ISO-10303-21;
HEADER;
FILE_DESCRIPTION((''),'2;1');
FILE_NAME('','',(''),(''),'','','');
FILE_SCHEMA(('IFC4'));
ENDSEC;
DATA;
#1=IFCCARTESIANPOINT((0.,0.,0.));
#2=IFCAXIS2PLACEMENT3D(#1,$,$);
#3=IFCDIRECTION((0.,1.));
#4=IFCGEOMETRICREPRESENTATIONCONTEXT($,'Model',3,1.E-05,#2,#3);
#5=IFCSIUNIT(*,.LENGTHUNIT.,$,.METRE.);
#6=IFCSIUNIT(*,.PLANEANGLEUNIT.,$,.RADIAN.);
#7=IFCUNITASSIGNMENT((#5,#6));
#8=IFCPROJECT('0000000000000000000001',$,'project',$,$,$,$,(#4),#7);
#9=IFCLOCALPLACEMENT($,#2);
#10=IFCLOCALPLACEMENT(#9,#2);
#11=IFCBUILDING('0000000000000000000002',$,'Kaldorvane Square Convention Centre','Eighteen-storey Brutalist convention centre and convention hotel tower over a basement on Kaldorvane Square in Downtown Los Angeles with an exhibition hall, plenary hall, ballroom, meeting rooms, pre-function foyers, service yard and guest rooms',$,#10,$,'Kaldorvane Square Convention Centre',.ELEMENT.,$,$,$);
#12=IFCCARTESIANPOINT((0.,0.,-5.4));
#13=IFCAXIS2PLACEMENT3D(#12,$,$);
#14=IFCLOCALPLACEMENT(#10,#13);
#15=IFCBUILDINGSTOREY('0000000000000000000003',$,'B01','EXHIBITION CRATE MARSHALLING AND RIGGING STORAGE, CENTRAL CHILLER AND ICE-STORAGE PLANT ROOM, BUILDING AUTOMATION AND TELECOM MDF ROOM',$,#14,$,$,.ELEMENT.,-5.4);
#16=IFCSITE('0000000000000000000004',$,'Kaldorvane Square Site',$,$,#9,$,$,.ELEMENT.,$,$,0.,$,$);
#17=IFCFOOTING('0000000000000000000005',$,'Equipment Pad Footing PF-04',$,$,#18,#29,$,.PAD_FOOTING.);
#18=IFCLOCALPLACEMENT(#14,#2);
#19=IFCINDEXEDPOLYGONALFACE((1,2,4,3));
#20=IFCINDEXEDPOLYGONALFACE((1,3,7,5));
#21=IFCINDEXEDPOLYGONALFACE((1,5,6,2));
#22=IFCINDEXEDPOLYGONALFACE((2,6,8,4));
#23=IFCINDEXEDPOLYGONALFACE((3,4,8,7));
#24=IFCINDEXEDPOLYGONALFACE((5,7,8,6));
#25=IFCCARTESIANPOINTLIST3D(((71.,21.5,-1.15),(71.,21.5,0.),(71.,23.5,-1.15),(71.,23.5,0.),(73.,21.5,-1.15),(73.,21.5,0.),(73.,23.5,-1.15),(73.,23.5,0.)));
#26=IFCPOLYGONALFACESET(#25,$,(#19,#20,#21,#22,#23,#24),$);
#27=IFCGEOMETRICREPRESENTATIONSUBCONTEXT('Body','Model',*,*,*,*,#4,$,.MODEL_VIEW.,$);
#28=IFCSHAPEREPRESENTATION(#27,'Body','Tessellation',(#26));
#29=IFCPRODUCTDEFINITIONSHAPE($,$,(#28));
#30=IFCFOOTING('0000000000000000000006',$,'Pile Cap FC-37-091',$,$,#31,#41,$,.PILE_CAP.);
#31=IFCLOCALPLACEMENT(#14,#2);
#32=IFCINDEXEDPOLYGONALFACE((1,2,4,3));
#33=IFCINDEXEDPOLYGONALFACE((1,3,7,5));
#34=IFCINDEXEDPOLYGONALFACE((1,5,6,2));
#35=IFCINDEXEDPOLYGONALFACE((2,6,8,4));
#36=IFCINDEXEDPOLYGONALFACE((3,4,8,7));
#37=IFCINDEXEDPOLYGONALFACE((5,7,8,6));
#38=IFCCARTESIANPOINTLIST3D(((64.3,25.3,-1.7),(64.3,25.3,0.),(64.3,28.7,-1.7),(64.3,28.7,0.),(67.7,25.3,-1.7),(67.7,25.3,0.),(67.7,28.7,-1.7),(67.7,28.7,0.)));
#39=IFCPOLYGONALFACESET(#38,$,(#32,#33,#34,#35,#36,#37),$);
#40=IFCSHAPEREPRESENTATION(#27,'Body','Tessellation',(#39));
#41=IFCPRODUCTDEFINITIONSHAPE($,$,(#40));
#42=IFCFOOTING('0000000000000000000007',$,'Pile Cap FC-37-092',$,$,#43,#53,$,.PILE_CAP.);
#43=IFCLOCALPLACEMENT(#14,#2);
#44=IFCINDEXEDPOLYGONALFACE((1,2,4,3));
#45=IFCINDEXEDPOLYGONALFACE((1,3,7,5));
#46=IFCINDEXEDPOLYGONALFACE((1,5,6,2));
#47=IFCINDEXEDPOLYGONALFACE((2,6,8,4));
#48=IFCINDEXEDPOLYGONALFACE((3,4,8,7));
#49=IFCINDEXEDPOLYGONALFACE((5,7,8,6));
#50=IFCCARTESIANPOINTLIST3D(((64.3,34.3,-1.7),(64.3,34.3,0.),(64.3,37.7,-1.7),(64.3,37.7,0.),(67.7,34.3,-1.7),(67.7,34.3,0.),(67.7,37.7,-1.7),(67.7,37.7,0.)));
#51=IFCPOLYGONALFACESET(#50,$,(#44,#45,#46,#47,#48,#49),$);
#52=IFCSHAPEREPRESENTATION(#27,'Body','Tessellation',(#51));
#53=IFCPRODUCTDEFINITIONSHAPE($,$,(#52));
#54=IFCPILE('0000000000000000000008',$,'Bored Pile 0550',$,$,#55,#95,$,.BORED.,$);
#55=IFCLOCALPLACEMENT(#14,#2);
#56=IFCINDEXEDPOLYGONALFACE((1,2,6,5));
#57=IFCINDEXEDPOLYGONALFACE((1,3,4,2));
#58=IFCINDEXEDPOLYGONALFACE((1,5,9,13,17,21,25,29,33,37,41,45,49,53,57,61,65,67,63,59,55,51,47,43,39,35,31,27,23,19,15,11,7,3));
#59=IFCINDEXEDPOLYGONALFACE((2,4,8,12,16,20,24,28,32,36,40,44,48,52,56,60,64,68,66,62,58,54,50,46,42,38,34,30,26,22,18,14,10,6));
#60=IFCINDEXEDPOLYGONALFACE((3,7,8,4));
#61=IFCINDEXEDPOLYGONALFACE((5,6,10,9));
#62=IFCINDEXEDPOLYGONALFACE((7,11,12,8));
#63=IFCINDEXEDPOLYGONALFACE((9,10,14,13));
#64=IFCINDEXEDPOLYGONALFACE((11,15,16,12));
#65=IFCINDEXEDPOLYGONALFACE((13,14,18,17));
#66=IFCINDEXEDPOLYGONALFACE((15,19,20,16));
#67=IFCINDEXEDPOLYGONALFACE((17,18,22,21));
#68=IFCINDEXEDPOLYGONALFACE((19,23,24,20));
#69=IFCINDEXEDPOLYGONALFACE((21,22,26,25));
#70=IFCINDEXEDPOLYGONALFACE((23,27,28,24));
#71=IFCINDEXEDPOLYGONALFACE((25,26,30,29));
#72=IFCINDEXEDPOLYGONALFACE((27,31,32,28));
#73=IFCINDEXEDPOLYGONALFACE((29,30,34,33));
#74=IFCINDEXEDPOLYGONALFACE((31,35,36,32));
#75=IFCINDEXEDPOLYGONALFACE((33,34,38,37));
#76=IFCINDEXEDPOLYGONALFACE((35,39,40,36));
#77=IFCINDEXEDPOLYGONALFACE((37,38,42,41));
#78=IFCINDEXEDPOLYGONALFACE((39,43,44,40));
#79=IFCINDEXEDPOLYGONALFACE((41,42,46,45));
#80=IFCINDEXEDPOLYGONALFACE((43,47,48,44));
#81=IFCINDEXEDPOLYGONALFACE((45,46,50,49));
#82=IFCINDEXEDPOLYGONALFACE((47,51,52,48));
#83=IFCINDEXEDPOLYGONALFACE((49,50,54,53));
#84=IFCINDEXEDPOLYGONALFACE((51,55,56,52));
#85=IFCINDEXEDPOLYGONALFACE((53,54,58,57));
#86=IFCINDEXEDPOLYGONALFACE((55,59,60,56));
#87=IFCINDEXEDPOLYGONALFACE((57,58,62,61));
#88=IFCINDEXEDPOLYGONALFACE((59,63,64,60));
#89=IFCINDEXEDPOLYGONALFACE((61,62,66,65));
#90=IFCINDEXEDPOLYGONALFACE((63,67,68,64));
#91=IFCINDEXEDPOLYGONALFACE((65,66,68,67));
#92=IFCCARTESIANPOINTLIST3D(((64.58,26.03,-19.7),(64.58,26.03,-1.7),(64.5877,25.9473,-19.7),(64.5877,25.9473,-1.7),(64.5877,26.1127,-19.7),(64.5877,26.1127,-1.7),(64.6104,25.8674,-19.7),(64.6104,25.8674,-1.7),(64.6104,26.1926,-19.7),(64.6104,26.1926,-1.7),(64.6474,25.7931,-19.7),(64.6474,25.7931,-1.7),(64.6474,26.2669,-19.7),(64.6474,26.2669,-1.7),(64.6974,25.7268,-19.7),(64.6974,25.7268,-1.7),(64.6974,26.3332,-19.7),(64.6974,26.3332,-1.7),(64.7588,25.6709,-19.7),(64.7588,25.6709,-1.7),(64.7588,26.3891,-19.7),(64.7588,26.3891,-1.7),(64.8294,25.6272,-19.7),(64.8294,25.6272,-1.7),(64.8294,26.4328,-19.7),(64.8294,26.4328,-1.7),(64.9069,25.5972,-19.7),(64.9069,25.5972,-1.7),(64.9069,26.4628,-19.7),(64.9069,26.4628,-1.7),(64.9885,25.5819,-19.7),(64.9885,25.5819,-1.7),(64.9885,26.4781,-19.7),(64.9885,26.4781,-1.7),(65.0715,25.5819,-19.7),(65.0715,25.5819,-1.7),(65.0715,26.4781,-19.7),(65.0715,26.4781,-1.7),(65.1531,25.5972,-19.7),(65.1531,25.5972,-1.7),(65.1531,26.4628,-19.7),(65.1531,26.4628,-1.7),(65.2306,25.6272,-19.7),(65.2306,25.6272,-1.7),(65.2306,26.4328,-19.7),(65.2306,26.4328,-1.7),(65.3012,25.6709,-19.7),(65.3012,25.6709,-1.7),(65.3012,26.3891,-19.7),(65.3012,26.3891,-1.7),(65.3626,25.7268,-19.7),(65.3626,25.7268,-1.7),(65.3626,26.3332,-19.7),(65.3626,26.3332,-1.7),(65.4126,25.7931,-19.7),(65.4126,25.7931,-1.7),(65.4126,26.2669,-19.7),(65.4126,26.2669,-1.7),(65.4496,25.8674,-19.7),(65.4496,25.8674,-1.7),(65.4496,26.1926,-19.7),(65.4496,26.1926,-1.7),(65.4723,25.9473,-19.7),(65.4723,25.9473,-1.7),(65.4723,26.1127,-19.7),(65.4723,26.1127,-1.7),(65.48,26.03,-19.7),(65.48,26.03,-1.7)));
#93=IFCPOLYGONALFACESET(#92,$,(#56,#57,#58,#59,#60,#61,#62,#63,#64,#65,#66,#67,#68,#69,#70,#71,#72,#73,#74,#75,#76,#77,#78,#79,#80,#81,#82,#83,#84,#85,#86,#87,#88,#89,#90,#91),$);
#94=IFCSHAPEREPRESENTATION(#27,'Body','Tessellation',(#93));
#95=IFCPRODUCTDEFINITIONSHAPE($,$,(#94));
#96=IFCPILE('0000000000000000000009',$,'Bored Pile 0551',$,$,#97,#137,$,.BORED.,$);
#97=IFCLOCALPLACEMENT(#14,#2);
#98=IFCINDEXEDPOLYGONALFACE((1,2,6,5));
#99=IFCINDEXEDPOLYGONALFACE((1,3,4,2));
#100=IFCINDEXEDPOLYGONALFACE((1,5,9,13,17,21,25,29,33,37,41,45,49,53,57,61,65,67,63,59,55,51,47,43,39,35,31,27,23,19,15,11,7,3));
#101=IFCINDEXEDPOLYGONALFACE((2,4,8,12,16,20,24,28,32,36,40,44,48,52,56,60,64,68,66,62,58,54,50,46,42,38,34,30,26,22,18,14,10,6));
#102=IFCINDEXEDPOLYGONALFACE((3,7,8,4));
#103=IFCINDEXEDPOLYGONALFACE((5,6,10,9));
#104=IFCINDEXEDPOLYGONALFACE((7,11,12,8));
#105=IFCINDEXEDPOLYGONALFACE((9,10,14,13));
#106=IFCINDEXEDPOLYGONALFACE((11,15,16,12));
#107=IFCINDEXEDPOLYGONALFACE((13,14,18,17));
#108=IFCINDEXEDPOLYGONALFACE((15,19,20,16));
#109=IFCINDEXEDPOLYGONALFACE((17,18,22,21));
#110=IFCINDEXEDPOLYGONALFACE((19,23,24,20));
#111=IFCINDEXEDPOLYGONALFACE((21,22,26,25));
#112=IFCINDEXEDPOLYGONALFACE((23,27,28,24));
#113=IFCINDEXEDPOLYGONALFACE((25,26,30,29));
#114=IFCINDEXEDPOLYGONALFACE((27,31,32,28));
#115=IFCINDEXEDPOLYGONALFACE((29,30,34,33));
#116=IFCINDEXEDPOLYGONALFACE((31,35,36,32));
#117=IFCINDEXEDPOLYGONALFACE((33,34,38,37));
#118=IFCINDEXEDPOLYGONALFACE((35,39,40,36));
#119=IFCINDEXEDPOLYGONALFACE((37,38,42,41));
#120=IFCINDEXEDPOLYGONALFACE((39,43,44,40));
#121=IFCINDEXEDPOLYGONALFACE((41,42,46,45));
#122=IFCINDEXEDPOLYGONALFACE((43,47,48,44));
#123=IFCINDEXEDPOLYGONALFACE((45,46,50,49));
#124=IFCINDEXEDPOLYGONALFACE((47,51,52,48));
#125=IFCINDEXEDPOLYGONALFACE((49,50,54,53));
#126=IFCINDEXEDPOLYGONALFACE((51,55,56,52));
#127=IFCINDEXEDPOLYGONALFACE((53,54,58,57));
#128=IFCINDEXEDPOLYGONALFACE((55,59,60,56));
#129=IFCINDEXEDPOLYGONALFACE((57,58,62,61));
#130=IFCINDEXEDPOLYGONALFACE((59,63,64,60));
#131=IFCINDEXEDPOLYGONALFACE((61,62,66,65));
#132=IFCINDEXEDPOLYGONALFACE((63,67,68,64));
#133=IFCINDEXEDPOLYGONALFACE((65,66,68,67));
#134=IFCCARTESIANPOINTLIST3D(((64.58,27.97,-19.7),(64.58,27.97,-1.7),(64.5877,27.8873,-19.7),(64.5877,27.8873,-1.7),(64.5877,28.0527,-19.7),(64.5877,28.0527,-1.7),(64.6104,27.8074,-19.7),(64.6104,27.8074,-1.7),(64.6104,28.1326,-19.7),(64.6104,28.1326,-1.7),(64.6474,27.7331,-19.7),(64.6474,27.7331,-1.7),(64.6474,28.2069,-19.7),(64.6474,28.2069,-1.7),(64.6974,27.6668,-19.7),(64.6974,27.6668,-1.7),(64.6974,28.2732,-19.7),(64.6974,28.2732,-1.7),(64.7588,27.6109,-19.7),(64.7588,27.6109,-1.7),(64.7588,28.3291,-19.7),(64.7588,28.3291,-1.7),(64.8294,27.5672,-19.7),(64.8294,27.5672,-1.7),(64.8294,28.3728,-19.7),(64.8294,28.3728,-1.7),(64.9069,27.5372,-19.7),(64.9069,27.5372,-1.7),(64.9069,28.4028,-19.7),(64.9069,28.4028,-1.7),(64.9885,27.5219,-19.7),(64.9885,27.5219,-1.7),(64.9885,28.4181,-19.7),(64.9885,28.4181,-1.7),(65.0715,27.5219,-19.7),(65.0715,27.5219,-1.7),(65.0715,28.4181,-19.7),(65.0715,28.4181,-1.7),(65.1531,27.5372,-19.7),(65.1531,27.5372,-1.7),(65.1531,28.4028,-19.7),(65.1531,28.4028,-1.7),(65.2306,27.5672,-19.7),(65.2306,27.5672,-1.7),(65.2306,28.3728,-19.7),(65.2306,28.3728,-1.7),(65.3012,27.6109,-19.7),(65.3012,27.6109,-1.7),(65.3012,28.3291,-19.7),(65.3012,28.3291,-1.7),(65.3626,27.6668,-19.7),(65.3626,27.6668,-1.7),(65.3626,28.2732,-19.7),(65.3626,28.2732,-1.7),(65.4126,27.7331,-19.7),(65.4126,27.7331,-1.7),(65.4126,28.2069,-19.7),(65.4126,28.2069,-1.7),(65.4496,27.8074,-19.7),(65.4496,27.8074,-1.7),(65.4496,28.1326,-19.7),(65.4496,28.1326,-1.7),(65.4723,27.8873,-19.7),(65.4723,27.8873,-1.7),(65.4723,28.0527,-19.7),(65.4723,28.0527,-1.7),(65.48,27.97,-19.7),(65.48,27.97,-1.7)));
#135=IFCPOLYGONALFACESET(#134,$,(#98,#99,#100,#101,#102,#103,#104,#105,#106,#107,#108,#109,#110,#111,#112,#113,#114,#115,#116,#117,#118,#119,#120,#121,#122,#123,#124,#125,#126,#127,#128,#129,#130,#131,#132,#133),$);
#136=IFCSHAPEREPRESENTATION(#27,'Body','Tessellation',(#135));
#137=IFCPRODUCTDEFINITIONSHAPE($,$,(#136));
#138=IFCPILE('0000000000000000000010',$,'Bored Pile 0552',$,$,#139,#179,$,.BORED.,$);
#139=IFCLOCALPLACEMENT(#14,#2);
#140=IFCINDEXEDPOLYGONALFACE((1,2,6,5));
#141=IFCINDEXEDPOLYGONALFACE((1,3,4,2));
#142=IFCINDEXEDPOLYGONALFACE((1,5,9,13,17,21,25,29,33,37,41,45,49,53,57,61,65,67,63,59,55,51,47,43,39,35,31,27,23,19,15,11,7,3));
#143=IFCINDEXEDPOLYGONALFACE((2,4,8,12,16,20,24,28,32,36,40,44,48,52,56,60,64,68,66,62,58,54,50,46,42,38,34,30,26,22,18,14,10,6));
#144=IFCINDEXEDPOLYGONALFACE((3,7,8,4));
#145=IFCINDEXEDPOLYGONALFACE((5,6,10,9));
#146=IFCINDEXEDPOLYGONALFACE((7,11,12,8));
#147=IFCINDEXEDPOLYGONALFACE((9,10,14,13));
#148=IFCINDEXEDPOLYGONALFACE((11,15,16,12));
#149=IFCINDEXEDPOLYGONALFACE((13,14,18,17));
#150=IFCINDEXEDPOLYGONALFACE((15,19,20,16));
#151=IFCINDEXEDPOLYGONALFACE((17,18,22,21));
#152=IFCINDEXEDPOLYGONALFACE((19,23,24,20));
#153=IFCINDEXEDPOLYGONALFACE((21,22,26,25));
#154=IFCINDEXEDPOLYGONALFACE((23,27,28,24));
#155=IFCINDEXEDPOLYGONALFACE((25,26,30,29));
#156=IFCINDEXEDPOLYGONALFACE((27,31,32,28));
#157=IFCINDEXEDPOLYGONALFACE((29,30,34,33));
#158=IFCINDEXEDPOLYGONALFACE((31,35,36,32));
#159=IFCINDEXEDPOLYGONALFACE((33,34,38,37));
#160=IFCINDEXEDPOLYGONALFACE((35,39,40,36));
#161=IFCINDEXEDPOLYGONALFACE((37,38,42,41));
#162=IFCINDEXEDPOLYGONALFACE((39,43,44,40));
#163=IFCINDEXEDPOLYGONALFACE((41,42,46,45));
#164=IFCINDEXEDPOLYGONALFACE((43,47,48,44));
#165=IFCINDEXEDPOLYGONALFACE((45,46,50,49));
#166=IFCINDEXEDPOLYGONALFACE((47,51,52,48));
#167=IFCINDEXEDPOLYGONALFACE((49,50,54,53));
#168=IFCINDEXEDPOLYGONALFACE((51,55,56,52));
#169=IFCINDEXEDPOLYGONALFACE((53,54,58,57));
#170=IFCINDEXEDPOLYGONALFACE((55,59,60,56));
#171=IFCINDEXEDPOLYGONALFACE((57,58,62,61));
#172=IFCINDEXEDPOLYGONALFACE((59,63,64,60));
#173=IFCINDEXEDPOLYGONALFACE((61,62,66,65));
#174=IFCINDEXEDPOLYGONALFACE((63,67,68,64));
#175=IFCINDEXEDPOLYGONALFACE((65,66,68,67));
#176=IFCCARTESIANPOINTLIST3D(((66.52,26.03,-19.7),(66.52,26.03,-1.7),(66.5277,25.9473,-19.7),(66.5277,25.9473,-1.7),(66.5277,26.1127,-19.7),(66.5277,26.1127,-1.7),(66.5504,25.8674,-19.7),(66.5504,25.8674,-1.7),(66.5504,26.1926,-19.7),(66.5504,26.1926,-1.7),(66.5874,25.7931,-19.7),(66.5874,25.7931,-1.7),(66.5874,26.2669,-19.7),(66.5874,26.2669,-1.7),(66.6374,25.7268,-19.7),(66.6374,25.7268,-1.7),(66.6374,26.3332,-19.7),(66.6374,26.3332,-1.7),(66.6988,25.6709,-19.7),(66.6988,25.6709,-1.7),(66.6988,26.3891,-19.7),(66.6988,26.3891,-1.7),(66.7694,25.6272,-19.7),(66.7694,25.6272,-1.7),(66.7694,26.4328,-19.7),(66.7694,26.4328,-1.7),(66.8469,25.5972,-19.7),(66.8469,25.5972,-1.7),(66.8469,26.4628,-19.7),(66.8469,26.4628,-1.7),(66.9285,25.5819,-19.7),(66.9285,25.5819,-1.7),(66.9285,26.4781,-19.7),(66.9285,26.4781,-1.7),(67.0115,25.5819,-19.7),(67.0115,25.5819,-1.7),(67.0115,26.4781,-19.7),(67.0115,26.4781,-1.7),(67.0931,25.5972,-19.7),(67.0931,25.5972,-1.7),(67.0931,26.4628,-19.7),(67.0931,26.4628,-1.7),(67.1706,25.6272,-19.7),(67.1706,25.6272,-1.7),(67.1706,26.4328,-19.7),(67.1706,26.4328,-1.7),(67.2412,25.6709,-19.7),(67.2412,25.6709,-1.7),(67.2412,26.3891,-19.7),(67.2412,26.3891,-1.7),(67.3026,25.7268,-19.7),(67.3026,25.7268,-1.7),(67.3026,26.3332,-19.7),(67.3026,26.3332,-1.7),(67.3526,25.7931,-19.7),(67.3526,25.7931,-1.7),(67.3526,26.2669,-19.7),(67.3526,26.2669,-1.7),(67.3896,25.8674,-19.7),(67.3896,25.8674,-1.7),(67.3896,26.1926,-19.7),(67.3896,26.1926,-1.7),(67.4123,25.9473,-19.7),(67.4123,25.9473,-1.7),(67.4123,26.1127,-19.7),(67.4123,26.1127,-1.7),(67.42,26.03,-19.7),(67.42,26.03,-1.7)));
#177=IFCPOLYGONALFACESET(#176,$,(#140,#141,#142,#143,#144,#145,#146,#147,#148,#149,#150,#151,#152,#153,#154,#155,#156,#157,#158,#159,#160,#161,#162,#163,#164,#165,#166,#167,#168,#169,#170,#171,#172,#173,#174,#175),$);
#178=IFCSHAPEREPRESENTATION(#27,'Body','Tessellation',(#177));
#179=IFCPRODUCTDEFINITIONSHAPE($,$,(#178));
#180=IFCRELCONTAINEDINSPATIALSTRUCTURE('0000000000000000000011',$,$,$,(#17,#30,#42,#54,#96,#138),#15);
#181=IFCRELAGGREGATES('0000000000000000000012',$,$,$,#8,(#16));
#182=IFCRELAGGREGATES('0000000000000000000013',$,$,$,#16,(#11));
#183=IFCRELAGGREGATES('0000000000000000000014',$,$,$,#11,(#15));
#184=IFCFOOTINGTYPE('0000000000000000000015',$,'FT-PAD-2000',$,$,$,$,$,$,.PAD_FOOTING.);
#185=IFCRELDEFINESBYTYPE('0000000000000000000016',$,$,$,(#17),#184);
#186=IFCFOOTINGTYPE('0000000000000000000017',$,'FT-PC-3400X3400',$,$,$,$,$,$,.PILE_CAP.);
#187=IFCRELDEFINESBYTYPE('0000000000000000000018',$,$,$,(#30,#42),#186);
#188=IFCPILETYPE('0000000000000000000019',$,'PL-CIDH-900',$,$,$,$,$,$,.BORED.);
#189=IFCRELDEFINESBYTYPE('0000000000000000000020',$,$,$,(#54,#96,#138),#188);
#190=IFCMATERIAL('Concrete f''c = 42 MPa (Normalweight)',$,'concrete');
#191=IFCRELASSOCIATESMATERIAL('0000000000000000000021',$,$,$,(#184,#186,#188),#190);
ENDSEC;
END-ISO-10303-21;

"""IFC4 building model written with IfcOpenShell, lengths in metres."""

from ifc_helpers import new_model, si_unit, direction, frame, origin, origin_2d, place, context, subcontext, project, spatial, rectangle, circle, extrude, material, material_profile, profile_set, type_object, element, save


model = new_model("IFC4")

# Units and contexts
model_context = context("Model", 3, precision=1e-05, world=origin(), true_north=direction((0.0, 1.0)))
body_context = subcontext(model_context, "Body", "Model", "MODEL_VIEW")
ifc_project = project(units=[si_unit("LENGTHUNIT", "METRE"), si_unit("PLANEANGLEUNIT", "RADIAN")], contexts=[model_context])

# Site, building, storey
site_placement = place(None, origin())
site = spatial("IfcSite", under=ifc_project, at=site_placement, Name="Kaldorvane Square Site", CompositionType="ELEMENT", RefElevation=0.0)
building_placement = place(site_placement, origin())
building = spatial("IfcBuilding", under=site, at=building_placement, Name="Kaldorvane Square Convention Centre", Description="Eighteen-storey Brutalist convention centre and convention hotel tower over a basement on Kaldorvane Square in Downtown Los Angeles with an exhibition hall, plenary hall, ballroom, meeting rooms, pre-function foyers, service yard and guest rooms", LongName="Kaldorvane Square Convention Centre", CompositionType="ELEMENT")
storey_placement = place(building_placement, frame((0.0, 0.0, -5.4)))
storey = spatial("IfcBuildingStorey", under=building, at=storey_placement, Name="B01", Description="EXHIBITION CRATE MARSHALLING AND RIGGING STORAGE, CENTRAL CHILLER AND ICE-STORAGE PLANT ROOM, BUILDING AUTOMATION AND TELECOM MDF ROOM", CompositionType="ELEMENT", Elevation=-5.4)

# Footings
ifc_material_1 = material(Name="Concrete f'c = 42 MPa (Normalweight)", Category="concrete")
footing_type_1 = type_object("IfcFootingType", Name="FT-PAD-2000", PredefinedType="PAD_FOOTING", material=ifc_material_1)
footing_placement = place(storey_placement, frame((72.0, 22.5, -1.15), z_axis=(0.0, 0.0, 1.0), x_axis=(1.0, 0.0, 0.0)))
element("IfcFooting", 1, at=footing_placement, inside=storey, type_object=footing_type_1, Name="Equipment Pad Footing PF-04", PredefinedType="PAD_FOOTING", context=body_context, shape_type="SweptSolid", body=[
    extrude(rectangle(XDim=2.0, YDim=2.0, at=origin_2d()), origin(), (0.0, 0.0, 1.0), 1.15),
])
footing_type_2 = type_object("IfcFootingType", Name="FT-PC-3400X3400", PredefinedType="PILE_CAP", material=ifc_material_1)
for number, where, z_axis, x_axis, name in (
    (2, (66.0, 27.0, -1.7), (0.0, 0.0, 1.0), (1.0, 0.0, 0.0), "Pile Cap FC-37-091"),
    (3, (66.0, 36.0, -1.7), (0.0, 0.0, 1.0), (1.0, 0.0, 0.0), "Pile Cap FC-37-092"),
):
    element("IfcFooting", number, at=place(storey_placement, frame(where, z_axis=z_axis, x_axis=x_axis)), inside=storey, type_object=footing_type_2, Name=name, PredefinedType="PILE_CAP", context=body_context, shape_type="SweptSolid", body=[
        extrude(rectangle(XDim=3.4, YDim=3.4, at=origin_2d()), origin(), (0.0, 0.0, 1.0), 1.7),
    ])

# Piles
ifc_material_profile_1 = material_profile(ifc_material_1, circle(Radius=0.45, at=origin_2d()), Name="PILE-D900")
ifc_profile_set_1 = profile_set([ifc_material_profile_1], Name="Concrete f'c = 42 MPa (Normalweight)")
pile_type = type_object("IfcPileType", Name="PL-CIDH-900", PredefinedType="BORED", material=ifc_profile_set_1)
for number, where, z_axis, x_axis, name in (
    (4, (65.03, 26.03, -1.7), (0.0, 0.0, -1.0), (1.0, 0.0, 0.0), "Bored Pile 0550"),
    (5, (65.03, 27.97, -1.7), (0.0, 0.0, -1.0), (1.0, 0.0, 0.0), "Bored Pile 0551"),
    (6, (66.97, 26.03, -1.7), (0.0, 0.0, -1.0), (1.0, 0.0, 0.0), "Bored Pile 0552"),
):
    element("IfcPile", number, at=place(storey_placement, frame(where, z_axis=z_axis, x_axis=x_axis)), inside=storey, type_object=pile_type, Name=name, PredefinedType="BORED", context=body_context, shape_type="SweptSolid", body=[
        extrude(circle(Radius=0.45, at=origin_2d()), origin(), (0.0, 0.0, 1.0), 18.0),
    ])

save(model, "model.ifc")
